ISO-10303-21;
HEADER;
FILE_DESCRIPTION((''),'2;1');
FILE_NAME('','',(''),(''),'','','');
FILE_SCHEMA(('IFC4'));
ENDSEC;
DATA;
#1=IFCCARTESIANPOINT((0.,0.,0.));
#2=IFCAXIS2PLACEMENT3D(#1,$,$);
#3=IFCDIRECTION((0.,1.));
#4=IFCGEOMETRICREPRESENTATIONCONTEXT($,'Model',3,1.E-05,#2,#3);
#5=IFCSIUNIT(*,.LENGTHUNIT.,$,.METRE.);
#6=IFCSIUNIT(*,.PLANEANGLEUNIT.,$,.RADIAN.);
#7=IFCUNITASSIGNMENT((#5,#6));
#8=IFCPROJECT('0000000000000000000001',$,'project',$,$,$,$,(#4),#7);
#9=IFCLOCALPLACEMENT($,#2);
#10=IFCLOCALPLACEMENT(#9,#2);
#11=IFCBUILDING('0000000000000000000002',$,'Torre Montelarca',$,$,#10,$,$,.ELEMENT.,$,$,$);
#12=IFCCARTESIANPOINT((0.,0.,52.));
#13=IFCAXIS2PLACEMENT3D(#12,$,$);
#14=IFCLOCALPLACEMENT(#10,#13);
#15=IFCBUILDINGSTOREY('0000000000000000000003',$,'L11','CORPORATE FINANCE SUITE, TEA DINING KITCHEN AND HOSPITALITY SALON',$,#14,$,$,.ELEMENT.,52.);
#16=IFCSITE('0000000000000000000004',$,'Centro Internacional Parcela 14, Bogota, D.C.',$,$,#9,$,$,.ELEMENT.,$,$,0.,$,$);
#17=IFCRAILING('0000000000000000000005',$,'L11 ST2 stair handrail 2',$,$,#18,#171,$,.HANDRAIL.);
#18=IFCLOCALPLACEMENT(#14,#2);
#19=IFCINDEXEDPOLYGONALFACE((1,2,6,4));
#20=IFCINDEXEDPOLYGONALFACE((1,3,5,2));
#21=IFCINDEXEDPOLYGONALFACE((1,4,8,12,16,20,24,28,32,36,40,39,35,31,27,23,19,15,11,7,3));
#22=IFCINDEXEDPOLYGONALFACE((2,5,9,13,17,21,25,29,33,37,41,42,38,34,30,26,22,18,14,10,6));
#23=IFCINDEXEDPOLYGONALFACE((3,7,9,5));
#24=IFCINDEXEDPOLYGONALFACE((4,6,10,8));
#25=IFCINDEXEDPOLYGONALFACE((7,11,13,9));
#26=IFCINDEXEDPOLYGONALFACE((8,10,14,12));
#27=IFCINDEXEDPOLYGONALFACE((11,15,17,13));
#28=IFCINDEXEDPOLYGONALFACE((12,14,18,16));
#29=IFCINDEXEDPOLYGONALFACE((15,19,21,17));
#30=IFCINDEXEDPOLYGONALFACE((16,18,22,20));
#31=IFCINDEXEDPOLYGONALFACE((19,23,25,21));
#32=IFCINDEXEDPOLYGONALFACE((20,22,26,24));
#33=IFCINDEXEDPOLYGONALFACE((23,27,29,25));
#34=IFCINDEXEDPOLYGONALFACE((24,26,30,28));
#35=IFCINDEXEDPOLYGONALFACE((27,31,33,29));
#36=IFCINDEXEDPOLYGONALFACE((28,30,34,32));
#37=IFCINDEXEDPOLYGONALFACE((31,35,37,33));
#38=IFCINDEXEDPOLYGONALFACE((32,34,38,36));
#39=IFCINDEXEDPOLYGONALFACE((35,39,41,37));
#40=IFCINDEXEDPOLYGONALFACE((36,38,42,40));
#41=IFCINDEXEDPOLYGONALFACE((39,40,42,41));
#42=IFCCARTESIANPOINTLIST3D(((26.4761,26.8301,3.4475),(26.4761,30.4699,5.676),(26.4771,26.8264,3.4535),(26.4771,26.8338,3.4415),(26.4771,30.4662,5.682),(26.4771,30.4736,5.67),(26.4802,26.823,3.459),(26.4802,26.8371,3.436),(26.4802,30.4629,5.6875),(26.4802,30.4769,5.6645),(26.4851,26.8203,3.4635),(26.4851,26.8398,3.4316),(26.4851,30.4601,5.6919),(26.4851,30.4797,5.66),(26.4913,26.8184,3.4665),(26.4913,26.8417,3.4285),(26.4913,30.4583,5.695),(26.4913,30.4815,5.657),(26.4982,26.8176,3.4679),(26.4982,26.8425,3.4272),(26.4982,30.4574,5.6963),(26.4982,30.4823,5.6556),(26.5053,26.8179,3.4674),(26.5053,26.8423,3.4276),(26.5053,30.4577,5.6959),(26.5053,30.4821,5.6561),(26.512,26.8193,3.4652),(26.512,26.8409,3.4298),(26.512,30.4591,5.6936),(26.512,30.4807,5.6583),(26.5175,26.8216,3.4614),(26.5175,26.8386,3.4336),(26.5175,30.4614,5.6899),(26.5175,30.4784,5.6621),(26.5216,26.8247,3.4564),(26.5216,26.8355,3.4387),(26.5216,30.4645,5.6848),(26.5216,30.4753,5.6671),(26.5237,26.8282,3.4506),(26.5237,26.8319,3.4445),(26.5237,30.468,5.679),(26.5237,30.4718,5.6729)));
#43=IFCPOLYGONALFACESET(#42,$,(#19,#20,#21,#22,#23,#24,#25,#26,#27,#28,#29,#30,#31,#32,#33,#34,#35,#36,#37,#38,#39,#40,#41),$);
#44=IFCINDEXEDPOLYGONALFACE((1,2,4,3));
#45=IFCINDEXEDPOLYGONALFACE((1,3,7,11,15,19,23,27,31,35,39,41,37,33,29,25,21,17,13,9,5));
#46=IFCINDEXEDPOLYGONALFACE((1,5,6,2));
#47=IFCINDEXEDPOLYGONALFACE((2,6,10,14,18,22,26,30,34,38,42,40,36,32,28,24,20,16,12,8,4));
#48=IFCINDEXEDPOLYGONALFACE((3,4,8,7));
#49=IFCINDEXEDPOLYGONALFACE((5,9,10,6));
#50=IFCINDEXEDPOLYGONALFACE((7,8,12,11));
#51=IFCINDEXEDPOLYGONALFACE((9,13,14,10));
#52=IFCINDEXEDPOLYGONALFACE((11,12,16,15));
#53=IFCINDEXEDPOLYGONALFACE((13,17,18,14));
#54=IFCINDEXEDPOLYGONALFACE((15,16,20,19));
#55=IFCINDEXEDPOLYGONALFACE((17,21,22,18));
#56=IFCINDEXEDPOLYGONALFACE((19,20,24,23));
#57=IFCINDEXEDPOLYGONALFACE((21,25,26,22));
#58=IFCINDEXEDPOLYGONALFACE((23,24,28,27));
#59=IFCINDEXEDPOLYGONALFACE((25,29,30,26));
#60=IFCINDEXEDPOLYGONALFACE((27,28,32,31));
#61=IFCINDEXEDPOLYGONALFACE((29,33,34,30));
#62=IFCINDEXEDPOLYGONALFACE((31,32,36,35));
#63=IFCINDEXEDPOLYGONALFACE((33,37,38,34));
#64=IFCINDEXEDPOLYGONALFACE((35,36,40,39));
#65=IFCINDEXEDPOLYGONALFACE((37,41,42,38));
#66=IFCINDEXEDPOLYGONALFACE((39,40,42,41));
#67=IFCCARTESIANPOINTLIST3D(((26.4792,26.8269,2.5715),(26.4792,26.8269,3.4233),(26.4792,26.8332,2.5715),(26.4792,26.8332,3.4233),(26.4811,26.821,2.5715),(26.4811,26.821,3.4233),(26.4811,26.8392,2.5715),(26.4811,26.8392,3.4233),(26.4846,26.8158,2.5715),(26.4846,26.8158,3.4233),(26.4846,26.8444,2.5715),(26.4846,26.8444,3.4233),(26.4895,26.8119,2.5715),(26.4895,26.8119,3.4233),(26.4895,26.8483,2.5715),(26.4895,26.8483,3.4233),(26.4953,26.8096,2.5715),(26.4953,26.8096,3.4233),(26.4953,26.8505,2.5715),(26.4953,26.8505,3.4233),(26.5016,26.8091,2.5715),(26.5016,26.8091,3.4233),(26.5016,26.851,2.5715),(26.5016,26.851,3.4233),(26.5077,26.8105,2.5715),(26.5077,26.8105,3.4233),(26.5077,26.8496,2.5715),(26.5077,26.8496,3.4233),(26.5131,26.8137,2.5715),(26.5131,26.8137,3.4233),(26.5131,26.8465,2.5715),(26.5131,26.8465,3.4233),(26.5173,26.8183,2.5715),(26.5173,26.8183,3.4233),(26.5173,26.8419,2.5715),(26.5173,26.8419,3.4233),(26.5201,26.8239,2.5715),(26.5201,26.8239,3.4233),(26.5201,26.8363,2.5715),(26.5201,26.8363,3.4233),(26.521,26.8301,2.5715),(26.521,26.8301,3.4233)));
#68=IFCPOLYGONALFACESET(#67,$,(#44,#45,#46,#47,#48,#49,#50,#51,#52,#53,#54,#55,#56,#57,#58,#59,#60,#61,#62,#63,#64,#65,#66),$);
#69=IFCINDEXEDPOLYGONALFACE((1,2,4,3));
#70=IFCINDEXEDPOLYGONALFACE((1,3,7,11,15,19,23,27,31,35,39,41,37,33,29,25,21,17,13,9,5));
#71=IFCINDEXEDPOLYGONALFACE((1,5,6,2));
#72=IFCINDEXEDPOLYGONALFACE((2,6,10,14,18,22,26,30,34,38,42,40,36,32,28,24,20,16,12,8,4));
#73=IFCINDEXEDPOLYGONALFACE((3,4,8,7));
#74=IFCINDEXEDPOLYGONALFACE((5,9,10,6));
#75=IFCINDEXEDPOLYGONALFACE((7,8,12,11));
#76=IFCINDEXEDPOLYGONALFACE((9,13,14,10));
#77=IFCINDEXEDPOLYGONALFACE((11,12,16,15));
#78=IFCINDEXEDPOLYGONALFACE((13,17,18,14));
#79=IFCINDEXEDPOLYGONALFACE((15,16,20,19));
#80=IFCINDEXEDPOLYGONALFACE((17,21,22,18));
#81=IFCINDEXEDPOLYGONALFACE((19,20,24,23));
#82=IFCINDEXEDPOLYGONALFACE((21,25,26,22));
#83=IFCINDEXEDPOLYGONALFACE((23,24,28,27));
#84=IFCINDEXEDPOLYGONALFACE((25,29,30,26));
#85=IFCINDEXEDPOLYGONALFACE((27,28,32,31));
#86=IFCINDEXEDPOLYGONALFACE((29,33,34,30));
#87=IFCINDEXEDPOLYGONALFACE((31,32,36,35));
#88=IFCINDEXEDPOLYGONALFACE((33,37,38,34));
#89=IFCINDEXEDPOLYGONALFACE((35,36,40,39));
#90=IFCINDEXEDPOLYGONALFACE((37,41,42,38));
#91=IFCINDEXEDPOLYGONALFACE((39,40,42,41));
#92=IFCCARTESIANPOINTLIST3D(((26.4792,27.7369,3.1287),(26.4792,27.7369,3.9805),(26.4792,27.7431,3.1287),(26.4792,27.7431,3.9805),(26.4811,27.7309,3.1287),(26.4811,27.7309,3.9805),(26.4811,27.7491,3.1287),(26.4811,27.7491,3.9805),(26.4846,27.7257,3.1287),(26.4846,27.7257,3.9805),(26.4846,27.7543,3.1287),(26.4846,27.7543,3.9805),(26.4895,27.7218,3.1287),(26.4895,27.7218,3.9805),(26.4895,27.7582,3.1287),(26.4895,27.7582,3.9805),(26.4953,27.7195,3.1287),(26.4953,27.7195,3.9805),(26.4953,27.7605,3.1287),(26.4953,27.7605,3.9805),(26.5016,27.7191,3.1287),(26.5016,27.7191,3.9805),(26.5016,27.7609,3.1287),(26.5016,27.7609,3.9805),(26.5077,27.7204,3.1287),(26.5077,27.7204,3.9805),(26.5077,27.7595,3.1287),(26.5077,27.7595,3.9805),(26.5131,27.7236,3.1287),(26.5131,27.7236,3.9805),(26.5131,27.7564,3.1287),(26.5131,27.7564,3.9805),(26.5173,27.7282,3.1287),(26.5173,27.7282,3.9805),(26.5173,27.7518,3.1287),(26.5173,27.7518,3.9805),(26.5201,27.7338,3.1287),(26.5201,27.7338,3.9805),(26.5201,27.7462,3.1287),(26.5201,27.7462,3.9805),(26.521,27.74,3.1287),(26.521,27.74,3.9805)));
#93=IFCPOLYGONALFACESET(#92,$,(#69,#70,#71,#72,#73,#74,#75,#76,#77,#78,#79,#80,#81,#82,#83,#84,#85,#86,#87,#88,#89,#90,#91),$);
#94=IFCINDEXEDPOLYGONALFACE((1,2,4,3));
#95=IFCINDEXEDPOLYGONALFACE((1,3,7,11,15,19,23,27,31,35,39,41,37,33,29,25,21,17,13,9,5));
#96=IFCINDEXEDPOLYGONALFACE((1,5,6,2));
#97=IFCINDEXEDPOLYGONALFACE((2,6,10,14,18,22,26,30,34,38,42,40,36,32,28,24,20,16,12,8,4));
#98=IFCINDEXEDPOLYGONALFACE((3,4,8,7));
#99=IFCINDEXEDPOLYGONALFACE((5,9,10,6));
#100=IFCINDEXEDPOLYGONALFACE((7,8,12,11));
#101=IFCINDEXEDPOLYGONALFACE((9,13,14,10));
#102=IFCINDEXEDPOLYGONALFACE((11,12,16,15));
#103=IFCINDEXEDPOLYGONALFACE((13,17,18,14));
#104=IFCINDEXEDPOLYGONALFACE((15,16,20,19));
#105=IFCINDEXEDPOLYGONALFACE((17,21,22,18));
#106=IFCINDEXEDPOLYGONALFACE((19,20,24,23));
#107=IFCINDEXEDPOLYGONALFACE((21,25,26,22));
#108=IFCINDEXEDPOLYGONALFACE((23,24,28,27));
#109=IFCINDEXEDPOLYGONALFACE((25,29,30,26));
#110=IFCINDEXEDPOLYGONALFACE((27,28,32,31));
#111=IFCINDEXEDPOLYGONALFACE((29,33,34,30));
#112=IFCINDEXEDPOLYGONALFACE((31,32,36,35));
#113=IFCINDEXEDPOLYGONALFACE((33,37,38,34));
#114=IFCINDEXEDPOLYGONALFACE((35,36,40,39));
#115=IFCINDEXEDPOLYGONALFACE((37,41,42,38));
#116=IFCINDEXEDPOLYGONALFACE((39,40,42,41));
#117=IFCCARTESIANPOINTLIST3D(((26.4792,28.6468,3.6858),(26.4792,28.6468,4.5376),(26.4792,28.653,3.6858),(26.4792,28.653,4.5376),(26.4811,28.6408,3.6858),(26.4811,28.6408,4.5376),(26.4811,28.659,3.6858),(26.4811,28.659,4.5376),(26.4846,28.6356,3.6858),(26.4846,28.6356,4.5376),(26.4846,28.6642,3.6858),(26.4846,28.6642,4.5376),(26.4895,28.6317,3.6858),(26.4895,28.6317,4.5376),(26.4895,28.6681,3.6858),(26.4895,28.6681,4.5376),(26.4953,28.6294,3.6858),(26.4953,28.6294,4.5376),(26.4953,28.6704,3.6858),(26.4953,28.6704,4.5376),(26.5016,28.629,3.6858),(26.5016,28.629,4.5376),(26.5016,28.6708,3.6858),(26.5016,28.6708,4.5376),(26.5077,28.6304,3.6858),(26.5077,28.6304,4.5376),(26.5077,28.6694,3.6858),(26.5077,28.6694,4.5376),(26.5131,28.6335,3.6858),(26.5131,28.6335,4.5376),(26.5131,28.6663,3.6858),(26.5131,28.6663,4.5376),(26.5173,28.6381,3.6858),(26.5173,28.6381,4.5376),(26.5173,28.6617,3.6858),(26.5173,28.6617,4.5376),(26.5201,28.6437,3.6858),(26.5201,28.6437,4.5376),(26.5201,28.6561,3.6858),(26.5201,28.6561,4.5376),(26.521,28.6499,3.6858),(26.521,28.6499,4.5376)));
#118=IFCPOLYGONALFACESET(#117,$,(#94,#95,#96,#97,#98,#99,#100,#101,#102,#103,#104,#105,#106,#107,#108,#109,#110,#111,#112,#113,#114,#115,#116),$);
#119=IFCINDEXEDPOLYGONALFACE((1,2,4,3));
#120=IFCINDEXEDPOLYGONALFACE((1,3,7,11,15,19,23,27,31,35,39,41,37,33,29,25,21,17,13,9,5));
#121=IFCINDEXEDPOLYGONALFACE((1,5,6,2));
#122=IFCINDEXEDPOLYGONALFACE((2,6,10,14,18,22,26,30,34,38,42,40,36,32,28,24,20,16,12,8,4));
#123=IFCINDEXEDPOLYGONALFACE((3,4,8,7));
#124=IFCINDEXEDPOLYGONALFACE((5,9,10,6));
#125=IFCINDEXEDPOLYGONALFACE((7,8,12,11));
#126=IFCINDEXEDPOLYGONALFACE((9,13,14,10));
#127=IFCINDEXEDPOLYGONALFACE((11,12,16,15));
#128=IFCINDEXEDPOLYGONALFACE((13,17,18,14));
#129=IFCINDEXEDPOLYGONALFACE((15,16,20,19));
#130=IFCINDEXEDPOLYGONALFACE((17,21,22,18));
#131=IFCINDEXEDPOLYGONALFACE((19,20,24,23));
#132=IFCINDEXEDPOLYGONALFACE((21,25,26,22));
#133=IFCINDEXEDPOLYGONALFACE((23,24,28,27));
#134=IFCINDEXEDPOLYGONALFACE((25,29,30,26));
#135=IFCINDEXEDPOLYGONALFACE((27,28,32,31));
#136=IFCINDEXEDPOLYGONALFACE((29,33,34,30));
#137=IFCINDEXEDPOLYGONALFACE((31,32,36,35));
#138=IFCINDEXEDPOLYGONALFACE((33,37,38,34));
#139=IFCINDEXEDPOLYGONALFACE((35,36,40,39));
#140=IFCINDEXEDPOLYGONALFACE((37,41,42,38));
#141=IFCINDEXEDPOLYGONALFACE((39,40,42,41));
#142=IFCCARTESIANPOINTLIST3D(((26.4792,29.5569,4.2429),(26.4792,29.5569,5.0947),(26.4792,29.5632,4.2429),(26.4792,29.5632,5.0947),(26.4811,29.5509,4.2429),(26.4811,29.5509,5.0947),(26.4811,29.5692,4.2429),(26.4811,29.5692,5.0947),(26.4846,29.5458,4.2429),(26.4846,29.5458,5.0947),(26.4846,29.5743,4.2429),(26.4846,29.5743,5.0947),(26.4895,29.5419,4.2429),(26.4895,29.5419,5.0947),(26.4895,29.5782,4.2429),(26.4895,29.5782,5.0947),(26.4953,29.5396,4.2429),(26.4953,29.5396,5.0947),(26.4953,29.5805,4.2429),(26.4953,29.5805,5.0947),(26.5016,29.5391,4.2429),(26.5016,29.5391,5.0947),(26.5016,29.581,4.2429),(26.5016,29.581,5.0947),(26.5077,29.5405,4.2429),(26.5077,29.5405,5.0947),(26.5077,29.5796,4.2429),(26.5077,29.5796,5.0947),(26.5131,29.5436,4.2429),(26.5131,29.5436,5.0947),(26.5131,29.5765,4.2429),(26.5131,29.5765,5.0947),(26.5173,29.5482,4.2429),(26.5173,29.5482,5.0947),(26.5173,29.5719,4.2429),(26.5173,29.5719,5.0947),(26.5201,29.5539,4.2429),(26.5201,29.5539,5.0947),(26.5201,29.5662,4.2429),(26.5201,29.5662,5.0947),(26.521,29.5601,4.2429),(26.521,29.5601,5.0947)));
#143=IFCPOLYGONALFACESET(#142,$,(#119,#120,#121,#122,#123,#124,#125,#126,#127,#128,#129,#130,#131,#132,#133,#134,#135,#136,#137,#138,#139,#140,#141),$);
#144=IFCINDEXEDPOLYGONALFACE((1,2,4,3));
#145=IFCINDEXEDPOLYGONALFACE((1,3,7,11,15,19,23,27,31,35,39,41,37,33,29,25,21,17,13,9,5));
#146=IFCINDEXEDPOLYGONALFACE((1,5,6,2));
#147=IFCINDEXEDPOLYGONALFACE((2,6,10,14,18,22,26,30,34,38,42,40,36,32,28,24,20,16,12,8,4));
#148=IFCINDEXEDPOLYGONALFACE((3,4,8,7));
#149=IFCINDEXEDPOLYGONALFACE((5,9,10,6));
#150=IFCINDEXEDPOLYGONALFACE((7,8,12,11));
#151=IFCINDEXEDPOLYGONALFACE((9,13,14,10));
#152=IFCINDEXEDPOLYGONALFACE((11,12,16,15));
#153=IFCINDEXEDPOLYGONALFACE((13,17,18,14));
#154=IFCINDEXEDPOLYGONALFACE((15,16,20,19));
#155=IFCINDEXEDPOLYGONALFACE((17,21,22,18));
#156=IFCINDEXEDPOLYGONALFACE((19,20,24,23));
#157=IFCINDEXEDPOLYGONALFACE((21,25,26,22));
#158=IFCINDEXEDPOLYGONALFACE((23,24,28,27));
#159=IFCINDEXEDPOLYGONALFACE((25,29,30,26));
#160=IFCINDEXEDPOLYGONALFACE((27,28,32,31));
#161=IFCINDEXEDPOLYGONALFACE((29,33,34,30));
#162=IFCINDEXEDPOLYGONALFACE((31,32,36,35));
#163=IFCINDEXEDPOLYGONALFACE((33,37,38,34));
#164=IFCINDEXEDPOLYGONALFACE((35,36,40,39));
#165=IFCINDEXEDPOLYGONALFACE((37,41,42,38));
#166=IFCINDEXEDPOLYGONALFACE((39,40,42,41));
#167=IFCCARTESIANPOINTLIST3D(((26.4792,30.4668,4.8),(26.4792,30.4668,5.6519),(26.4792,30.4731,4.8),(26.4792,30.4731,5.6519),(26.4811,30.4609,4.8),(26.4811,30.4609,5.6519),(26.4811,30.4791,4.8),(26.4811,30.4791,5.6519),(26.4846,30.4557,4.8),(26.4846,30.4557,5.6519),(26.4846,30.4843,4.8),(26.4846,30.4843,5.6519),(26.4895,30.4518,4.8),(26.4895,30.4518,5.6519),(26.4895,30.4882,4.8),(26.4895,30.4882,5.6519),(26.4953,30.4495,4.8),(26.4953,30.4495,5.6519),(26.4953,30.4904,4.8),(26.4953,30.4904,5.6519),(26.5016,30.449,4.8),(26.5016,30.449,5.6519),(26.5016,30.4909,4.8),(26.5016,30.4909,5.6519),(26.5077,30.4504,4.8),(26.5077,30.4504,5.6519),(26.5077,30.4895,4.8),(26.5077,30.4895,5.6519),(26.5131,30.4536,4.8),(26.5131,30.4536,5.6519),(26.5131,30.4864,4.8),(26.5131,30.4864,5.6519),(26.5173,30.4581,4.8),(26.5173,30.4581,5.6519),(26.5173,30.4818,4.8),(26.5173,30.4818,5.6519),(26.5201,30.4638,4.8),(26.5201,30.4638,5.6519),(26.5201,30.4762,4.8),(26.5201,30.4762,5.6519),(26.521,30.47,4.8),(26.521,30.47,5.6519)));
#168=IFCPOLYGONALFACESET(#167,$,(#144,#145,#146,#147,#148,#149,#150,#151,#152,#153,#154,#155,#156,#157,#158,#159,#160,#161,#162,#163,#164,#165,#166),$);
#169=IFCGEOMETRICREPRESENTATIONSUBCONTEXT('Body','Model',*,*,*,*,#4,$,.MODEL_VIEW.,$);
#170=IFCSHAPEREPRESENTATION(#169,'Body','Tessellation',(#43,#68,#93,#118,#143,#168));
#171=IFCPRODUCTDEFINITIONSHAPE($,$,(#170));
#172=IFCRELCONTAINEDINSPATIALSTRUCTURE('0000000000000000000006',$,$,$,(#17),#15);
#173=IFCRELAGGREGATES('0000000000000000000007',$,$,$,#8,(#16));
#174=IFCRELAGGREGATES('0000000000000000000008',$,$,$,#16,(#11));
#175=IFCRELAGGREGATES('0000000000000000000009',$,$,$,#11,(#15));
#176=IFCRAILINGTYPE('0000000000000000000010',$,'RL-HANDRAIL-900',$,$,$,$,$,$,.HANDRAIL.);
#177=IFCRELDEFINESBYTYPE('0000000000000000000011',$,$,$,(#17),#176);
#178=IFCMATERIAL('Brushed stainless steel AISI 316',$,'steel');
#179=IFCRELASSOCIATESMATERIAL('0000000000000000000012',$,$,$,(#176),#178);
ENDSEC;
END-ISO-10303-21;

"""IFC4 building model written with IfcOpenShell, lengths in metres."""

from ifc_helpers import new_model, si_unit, direction, frame, origin, origin_2d, place, context, subcontext, project, spatial, circle, extrude, material, type_object, element, save


model = new_model("IFC4")

# Units and contexts
model_context = context("Model", 3, precision=1e-05, world=origin(), true_north=direction((0.0, 1.0)))
body_context = subcontext(model_context, "Body", "Model", "MODEL_VIEW")
ifc_project = project(units=[si_unit("LENGTHUNIT", "METRE"), si_unit("PLANEANGLEUNIT", "RADIAN")], contexts=[model_context])

# Site, building, storey
site_placement = place(None, origin())
site = spatial("IfcSite", under=ifc_project, at=site_placement, Name="Centro Internacional Parcela 14, Bogota, D.C.", CompositionType="ELEMENT", RefElevation=0.0)
building_placement = place(site_placement, origin())
building = spatial("IfcBuilding", under=site, at=building_placement, Name="Torre Montelarca", CompositionType="ELEMENT")
storey_placement = place(building_placement, frame((0.0, 0.0, 52.0)))
storey = spatial("IfcBuildingStorey", under=building, at=storey_placement, Name="L11", Description="CORPORATE FINANCE SUITE, TEA DINING KITCHEN AND HOSPITALITY SALON", CompositionType="ELEMENT", Elevation=52.0)

# Railing
ifc_material_1 = material(Name="Brushed stainless steel AISI 316", Category="steel")
railing_type_1 = type_object("IfcRailingType", Name="RL-HANDRAIL-900", PredefinedType="HANDRAIL", material=ifc_material_1)
railing_1_placement = place(storey_placement, frame((26.5, 26.8301, 2.5715)))
element("IfcRailing", 1, at=railing_1_placement, inside=storey, type_object=railing_type_1, Name="L11 ST2 stair handrail 2", PredefinedType="HANDRAIL", context=body_context, shape_type="SweptSolid", body=[
    extrude(circle(Radius=0.0239, at=origin_2d()), frame((0.0, 0.0, 0.876), z_axis=(0.0, 0.85285, 0.522156), x_axis=(-1.0, 0.0, 0.0)), (0.0, 0.0, 1.0), 4.2678),
    extrude(circle(Radius=0.021, at=origin_2d()), origin(), (0.0, 0.0, 1.0), 0.8518),
    extrude(circle(Radius=0.021, at=origin_2d()), frame((0.0, 0.9099, 0.5571)), (0.0, 0.0, 1.0), 0.8518),
    extrude(circle(Radius=0.021, at=origin_2d()), frame((0.0, 1.8198, 1.1143)), (0.0, 0.0, 1.0), 0.8518),
    extrude(circle(Radius=0.021, at=origin_2d()), frame((0.0, 2.73, 1.6714)), (0.0, 0.0, 1.0), 0.8518),
    extrude(circle(Radius=0.021, at=origin_2d()), frame((0.0, 3.6399, 2.2285)), (0.0, 0.0, 1.0), 0.8518),
])

save(model, "model.ifc")
